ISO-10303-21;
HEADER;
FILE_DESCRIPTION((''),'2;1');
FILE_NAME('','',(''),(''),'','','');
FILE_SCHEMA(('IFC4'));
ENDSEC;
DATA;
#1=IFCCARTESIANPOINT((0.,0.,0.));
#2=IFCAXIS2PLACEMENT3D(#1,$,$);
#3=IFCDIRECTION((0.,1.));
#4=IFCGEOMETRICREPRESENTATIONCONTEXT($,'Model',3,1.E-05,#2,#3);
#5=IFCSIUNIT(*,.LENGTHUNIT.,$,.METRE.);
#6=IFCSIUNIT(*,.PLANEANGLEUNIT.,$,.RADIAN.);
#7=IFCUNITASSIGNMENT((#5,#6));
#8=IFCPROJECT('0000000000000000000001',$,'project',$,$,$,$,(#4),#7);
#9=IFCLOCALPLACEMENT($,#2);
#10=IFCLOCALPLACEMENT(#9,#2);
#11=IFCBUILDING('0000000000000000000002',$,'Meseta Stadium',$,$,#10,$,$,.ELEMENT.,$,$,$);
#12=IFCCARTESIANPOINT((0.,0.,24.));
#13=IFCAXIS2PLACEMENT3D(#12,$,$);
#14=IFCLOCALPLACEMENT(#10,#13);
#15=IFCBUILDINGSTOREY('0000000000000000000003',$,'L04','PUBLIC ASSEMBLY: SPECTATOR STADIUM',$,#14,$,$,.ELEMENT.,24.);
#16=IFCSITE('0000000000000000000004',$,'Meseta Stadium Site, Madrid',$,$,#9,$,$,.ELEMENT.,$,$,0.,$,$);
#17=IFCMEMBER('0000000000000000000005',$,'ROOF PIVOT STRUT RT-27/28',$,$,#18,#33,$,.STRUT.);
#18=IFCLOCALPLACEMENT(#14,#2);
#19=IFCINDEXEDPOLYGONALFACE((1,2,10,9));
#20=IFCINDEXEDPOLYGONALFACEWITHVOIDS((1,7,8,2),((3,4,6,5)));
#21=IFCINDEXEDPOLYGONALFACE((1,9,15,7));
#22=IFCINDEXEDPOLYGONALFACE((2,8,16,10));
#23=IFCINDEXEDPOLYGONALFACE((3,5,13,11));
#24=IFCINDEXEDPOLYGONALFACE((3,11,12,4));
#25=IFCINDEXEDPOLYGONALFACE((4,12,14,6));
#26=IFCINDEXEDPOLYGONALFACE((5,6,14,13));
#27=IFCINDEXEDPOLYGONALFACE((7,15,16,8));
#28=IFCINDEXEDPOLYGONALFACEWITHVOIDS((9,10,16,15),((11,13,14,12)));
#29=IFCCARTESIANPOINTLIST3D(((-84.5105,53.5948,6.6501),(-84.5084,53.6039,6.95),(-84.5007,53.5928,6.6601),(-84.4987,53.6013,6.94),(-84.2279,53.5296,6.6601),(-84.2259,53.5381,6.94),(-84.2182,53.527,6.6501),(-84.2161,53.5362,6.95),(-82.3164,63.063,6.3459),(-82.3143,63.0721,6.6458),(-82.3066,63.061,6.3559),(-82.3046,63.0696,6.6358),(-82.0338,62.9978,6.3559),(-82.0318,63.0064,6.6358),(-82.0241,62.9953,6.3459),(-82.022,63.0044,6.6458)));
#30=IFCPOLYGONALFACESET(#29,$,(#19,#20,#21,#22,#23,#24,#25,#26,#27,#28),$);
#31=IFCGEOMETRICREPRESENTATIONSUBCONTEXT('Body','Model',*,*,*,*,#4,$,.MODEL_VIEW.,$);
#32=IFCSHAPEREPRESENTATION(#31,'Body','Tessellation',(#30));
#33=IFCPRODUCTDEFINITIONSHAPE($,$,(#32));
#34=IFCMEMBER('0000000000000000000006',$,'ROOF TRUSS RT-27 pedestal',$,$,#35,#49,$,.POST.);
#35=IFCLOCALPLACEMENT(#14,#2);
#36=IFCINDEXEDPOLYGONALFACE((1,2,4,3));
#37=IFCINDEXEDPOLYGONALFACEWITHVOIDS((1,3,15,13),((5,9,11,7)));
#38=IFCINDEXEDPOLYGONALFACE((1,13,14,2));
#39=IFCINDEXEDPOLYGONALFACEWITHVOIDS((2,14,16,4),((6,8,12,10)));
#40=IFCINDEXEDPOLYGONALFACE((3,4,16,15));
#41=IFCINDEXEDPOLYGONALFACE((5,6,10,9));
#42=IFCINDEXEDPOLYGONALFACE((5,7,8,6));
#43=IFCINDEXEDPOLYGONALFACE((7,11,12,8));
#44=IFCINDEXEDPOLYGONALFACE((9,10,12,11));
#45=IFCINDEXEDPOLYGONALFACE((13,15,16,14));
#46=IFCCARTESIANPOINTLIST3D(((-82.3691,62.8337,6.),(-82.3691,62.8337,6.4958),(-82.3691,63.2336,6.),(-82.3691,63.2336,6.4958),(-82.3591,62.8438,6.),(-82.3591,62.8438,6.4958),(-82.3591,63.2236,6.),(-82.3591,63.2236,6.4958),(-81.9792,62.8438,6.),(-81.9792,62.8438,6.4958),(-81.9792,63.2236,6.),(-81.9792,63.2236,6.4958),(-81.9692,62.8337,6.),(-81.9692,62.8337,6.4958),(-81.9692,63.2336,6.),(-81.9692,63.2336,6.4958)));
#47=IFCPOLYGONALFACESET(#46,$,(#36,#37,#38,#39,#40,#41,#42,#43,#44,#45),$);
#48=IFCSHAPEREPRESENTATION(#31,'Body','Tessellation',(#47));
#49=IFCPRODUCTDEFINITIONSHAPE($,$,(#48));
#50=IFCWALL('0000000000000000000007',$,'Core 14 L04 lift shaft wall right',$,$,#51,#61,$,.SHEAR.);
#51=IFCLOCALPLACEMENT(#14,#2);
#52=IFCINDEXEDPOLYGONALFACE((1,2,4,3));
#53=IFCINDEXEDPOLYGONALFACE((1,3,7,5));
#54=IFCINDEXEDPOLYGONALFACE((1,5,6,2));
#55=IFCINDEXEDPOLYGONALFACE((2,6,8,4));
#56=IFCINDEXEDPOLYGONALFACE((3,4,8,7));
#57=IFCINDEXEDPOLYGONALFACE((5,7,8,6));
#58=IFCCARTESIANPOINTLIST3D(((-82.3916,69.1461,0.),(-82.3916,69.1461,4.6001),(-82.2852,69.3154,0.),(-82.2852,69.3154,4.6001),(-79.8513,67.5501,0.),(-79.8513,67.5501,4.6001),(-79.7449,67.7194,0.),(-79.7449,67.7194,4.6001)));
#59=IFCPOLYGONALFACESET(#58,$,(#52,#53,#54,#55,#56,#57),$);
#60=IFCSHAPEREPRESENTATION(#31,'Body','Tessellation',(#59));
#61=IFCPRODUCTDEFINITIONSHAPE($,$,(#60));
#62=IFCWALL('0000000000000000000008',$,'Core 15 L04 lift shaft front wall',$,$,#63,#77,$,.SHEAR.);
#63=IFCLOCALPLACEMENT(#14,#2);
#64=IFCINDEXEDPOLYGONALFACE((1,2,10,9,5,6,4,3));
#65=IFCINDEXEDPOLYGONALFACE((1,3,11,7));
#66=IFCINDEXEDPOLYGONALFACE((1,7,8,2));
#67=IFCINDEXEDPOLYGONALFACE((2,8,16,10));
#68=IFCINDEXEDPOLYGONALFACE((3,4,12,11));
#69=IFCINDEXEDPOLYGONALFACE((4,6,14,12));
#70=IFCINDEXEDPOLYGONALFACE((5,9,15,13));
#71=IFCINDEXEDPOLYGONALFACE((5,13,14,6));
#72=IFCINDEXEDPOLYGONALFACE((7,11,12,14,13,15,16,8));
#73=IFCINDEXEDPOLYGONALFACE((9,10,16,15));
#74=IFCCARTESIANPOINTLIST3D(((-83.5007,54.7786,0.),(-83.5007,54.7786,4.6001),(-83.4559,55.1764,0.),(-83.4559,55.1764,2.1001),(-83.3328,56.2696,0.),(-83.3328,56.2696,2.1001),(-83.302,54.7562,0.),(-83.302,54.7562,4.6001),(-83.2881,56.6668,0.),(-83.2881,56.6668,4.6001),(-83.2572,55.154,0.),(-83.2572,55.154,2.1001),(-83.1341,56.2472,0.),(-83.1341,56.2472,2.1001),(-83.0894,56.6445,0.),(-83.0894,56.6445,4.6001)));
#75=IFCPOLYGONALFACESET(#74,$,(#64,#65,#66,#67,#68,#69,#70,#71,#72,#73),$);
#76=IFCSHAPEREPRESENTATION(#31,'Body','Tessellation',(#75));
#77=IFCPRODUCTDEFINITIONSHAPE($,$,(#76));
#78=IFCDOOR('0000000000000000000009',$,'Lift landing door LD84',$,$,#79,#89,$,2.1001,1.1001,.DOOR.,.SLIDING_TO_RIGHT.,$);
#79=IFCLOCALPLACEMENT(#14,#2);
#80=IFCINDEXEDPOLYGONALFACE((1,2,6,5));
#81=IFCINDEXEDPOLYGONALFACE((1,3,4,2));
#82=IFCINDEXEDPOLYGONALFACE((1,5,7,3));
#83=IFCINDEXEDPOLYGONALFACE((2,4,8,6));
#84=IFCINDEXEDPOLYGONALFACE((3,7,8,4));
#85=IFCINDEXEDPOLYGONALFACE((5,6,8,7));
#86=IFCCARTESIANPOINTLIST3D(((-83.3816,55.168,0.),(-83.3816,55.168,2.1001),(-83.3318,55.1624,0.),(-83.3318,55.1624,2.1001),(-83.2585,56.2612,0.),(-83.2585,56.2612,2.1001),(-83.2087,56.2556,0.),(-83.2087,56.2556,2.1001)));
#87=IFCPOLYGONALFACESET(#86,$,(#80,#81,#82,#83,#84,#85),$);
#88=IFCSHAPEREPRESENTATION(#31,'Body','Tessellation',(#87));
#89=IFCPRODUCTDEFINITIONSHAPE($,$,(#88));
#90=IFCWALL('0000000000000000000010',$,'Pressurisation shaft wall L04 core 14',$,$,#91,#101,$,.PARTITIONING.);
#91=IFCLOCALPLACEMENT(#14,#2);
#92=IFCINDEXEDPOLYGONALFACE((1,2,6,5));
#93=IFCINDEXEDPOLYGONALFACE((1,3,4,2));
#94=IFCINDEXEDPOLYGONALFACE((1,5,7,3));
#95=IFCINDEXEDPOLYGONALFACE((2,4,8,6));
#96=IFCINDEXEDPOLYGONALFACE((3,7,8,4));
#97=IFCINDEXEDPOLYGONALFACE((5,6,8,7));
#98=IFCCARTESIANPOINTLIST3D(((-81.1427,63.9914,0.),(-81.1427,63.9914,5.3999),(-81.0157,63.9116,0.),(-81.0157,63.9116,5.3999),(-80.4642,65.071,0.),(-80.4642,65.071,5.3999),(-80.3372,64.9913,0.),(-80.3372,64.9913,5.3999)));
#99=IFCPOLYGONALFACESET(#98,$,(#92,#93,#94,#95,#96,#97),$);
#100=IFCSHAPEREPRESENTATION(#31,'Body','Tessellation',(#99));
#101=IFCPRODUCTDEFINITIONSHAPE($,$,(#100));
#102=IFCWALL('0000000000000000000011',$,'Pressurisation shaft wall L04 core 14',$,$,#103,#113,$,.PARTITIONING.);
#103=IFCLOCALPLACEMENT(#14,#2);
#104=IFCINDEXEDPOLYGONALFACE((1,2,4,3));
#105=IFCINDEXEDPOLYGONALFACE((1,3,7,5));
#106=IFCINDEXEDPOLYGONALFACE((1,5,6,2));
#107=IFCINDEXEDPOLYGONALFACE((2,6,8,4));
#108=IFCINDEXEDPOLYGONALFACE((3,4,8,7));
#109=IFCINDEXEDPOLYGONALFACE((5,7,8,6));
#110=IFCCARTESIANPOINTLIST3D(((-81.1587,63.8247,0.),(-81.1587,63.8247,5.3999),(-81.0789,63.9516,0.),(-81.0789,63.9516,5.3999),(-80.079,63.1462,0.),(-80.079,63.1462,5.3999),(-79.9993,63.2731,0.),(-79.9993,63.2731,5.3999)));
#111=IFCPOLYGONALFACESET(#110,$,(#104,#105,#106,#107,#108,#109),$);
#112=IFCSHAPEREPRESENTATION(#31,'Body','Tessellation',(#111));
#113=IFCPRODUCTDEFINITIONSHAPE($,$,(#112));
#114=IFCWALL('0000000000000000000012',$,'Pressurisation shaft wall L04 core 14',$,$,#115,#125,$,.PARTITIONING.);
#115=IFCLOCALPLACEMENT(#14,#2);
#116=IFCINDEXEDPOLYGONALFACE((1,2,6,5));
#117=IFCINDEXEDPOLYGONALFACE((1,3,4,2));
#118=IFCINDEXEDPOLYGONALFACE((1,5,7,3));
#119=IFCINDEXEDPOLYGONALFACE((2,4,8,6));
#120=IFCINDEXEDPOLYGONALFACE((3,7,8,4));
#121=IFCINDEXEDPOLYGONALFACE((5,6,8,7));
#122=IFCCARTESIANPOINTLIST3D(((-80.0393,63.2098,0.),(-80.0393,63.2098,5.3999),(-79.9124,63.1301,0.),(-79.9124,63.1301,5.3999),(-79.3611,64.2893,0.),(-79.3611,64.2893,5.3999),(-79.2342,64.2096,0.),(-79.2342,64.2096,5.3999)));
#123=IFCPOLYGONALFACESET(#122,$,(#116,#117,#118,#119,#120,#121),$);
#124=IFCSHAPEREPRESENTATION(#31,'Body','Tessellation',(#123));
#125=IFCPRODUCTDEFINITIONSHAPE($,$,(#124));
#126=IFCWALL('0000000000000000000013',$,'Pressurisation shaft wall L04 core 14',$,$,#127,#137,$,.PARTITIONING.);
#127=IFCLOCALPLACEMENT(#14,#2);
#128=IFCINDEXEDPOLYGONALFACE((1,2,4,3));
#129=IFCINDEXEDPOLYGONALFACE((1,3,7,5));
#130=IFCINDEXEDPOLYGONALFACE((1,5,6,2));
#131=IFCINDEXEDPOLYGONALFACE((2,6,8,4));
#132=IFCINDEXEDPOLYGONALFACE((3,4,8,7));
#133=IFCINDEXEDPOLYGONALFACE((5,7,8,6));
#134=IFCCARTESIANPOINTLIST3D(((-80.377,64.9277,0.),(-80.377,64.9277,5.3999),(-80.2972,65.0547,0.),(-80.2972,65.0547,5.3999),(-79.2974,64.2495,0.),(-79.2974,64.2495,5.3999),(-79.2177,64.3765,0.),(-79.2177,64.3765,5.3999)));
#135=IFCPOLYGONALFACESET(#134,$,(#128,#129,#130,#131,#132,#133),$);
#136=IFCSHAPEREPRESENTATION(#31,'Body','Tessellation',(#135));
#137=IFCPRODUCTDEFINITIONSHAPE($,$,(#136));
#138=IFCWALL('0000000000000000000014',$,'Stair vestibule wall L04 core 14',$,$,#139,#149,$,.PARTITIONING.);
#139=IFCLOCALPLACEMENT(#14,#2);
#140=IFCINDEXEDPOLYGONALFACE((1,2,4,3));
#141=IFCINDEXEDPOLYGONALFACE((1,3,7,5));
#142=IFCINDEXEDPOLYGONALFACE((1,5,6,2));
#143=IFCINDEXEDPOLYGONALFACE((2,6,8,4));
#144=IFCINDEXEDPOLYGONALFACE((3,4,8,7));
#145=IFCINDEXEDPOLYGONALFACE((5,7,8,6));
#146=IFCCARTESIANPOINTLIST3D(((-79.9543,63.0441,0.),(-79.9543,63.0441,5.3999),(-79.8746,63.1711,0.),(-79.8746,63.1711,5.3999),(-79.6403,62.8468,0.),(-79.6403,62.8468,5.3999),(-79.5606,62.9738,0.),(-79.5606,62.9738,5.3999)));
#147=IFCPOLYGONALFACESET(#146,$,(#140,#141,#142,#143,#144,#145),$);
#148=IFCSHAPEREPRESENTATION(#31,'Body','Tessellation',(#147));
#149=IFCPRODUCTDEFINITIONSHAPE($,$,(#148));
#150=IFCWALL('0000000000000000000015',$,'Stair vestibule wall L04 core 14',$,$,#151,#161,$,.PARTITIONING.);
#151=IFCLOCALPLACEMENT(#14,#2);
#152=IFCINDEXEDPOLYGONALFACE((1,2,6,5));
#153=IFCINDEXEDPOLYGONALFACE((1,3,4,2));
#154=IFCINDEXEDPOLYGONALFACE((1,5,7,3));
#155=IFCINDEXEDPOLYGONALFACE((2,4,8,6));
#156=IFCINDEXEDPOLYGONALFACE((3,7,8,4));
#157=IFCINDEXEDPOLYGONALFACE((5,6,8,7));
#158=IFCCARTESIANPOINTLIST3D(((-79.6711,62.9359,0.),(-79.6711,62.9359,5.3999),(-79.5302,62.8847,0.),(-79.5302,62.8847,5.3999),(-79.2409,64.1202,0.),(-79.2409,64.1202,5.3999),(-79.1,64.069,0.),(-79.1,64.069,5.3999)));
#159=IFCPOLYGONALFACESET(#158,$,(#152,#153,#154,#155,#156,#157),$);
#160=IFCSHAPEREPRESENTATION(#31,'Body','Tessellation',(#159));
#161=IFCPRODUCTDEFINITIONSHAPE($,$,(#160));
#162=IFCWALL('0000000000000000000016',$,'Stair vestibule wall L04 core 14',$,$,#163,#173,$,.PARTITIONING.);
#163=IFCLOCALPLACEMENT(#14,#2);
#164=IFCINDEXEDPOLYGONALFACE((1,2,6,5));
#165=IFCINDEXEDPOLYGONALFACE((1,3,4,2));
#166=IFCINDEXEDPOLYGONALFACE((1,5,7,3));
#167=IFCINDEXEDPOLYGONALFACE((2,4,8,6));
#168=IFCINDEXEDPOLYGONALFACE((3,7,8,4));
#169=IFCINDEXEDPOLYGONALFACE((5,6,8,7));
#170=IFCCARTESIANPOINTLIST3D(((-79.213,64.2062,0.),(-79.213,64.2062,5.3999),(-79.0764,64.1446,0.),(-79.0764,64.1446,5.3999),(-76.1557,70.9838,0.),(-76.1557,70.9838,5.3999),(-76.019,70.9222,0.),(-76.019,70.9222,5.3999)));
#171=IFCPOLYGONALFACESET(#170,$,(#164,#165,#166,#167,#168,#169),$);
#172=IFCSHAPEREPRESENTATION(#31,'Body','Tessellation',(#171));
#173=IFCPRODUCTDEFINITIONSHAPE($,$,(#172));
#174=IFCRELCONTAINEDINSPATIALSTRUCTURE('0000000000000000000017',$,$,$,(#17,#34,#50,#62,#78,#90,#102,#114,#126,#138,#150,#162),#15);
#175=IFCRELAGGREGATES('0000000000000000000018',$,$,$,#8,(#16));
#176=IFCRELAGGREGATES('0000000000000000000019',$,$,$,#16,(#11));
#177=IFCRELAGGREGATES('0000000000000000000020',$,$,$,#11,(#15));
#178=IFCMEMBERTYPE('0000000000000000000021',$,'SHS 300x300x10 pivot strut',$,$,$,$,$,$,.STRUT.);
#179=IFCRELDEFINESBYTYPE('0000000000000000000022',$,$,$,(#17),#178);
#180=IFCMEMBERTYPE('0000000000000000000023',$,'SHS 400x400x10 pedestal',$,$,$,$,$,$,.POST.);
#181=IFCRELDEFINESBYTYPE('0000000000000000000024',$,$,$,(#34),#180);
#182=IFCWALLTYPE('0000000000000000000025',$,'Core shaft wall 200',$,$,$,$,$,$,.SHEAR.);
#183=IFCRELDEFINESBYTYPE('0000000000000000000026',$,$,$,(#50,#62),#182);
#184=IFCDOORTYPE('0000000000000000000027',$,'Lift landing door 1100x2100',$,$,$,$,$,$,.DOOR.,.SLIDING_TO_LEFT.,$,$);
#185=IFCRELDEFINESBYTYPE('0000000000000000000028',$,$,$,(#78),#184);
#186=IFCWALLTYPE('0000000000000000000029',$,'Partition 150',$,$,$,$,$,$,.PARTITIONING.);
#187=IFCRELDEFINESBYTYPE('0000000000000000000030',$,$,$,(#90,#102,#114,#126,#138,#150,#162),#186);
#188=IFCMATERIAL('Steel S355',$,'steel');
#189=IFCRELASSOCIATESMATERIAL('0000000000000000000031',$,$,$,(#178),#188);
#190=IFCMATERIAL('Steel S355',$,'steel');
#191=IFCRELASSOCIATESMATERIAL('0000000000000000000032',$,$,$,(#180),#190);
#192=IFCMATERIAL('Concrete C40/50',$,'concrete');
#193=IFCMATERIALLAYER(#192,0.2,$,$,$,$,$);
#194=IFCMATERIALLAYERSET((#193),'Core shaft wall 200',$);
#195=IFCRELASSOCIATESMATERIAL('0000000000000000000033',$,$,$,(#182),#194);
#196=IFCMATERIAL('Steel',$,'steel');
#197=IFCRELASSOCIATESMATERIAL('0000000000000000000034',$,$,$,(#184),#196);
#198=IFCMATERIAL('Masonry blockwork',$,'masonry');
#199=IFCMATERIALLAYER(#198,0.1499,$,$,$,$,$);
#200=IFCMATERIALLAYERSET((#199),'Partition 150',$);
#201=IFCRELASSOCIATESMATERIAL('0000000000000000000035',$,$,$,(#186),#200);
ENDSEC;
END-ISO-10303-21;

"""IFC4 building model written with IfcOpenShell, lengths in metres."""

from ifc_helpers import new_model, si_unit, direction, frame, frame_2d, origin, origin_2d, place, context, subcontext, project, spatial, rectangle, hollow_rectangle, extrude, material, layer, layer_set, material_profile, profile_set, type_object, element, fill, save


model = new_model("IFC4")

# Units and contexts
model_context = context("Model", 3, precision=1e-05, world=origin(), true_north=direction((0.0, 1.0)))
body_context = subcontext(model_context, "Body", "Model", "MODEL_VIEW")
ifc_project = project(units=[si_unit("LENGTHUNIT", "METRE"), si_unit("PLANEANGLEUNIT", "RADIAN")], contexts=[model_context])

# Site, building, storey
site_placement = place(None, origin())
site = spatial("IfcSite", under=ifc_project, at=site_placement, Name="Meseta Stadium Site, Madrid", CompositionType="ELEMENT", RefElevation=0.0)
building_placement = place(site_placement, origin())
building = spatial("IfcBuilding", under=site, at=building_placement, Name="Meseta Stadium", CompositionType="ELEMENT")
storey_placement = place(building_placement, frame((0.0, 0.0, 24.0)))
storey = spatial("IfcBuildingStorey", under=building, at=storey_placement, Name="L04", Description="PUBLIC ASSEMBLY: SPECTATOR STADIUM", CompositionType="ELEMENT", Elevation=24.0)

# Members
ifc_material_1 = material(Name="Steel S355", Category="steel")
ifc_material_profile_1 = material_profile(ifc_material_1, hollow_rectangle(XDim=0.3, YDim=0.3, WallThickness=0.01, at=origin_2d()), Name="SHS 300x300x10")
ifc_profile_set_1 = profile_set([ifc_material_profile_1], Name="Steel S355")
member_type_1 = type_object("IfcMemberType", Name="SHS 300x300x10 pivot strut", PredefinedType="STRUT", material=ifc_profile_set_1)
member_1_placement = place(storey_placement, frame((-82.1692, 63.0337, 6.4958), z_axis=(-0.225639, -0.973709, 0.031284), x_axis=(0.974185, -0.225749, 0.0)))
element("IfcMember", 1, at=member_1_placement, inside=storey, type_object=member_type_1, Name="ROOF PIVOT STRUT RT-27/28", PredefinedType="STRUT", context=body_context, shape_type="SweptSolid", body=[
    extrude(hollow_rectangle(XDim=0.3, YDim=0.3, WallThickness=0.01, at=origin_2d()), origin(), (0.0, 0.0, 1.0), 9.7239),
])
ifc_material_2 = material(Name="Steel S355", Category="steel")
ifc_material_profile_2 = material_profile(ifc_material_2, hollow_rectangle(XDim=0.3999, YDim=0.3999, WallThickness=0.01, at=origin_2d()), Name="SHS 400x400x10")
ifc_profile_set_2 = profile_set([ifc_material_profile_2], Name="Steel S355")
member_type_2 = type_object("IfcMemberType", Name="SHS 400x400x10 pedestal", PredefinedType="POST", material=ifc_profile_set_2)
member_2_placement = place(storey_placement, frame((-82.1692, 63.0337, 6.0), z_axis=(0.0, 0.0, 1.0), x_axis=(1.0, 0.0, 0.0)))
element("IfcMember", 2, at=member_2_placement, inside=storey, type_object=member_type_2, Name="ROOF TRUSS RT-27 pedestal", PredefinedType="POST", context=body_context, shape_type="SweptSolid", body=[
    extrude(hollow_rectangle(XDim=0.3999, YDim=0.3999, WallThickness=0.01, at=origin_2d()), origin(), (0.0, 0.0, 1.0), 0.4958),
])

# Wall
ifc_material_3 = material(Name="Concrete C40/50", Category="concrete")
ifc_layer_1 = layer(ifc_material_3, 0.2)
ifc_layer_set_1 = layer_set([ifc_layer_1], Name="Core shaft wall 200")
wall_type_1 = type_object("IfcWallType", Name="Core shaft wall 200", PredefinedType="SHEAR", material=ifc_layer_set_1)
wall_1_placement = place(storey_placement, frame((-82.3384, 69.2307, 0.0), z_axis=(0.0, 0.0, 1.0), x_axis=(0.846757, -0.53198, 0.0)))
element("IfcWall", 3, at=wall_1_placement, inside=storey, type_object=wall_type_1, Name="Core 14 L04 lift shaft wall right", PredefinedType="SHEAR", context=body_context, shape_type="SweptSolid", body=[
    extrude(rectangle(XDim=3.0, YDim=0.2, at=frame_2d((1.5, 0.0))), origin(), (0.0, 0.0, 1.0), 4.6001),
])

# Wall, opening, door
wall_2_placement = place(storey_placement, frame((-83.1887, 56.6558, 0.0), z_axis=(0.0, 0.0, 1.0), x_axis=(-0.111912, -0.993718, 0.0)))
wall_2 = element("IfcWall", 4, at=wall_2_placement, inside=storey, type_object=wall_type_1, Name="Core 15 L04 lift shaft front wall", PredefinedType="SHEAR", context=body_context, shape_type="SweptSolid", body=[
    extrude(rectangle(XDim=1.9001, YDim=0.2, at=frame_2d((0.9502, 0.0))), origin(), (0.0, 0.0, 1.0), 4.6001),
])
opening_1_placement = place(wall_2_placement, frame((0.3999, 0.0, 0.0)))
opening_1 = element("IfcOpeningElement", 5, at=opening_1_placement, cuts=wall_2, PredefinedType="OPENING", context=body_context, shape_type="SweptSolid", body=[
    extrude(rectangle(XDim=1.1001, YDim=2.1001, at=frame_2d((0.55, 1.05))), frame((0.0, 0.1099, 0.0), z_axis=(0.0, -1.0, 0.0), x_axis=(1.0, 0.0, 0.0)), (0.0, 0.0, 1.0), 0.22),
])
ifc_material_4 = material(Name="Steel", Category="steel")
door_type_1 = type_object("IfcDoorType", Name="Lift landing door 1100x2100", OperationType="SLIDING_TO_LEFT", PredefinedType="DOOR", material=ifc_material_4)
door_1_placement = place(opening_1_placement, origin())
door_1 = element("IfcDoor", 6, at=door_1_placement, inside=storey, type_object=door_type_1, Name="Lift landing door LD84", OperationType="SLIDING_TO_RIGHT", OverallHeight=2.1001, OverallWidth=1.1001, PredefinedType="DOOR", context=body_context, shape_type="SweptSolid", body=[
    extrude(rectangle(XDim=1.1001, YDim=2.1001, at=frame_2d((0.55, 1.05))), frame((0.0, 0.0249, 0.0), z_axis=(0.0, -1.0, 0.0), x_axis=(1.0, 0.0, 0.0)), (0.0, 0.0, 1.0), 0.05),
])
fill(opening_1, door_1)

# Walls
ifc_material_5 = material(Name="Masonry blockwork", Category="masonry")
ifc_layer_2 = layer(ifc_material_5, 0.1499)
ifc_layer_set_2 = layer_set([ifc_layer_2], Name="Partition 150")
wall_type_2 = type_object("IfcWallType", Name="Partition 150", PredefinedType="PARTITIONING", material=ifc_layer_set_2)
for number, where, z_axis, x_axis, name in (
    (7, (-80.4006, 65.0312, 0.0), (0.0, 0.0, 1.0), (-0.532097, -0.846683, 0.0), "Pressurisation shaft wall L04 core 14"),
    (8, (-81.1189, 63.8882, 0.0), (0.0, 0.0, 1.0), (0.846683, -0.532097, 0.0), "Pressurisation shaft wall L04 core 14"),
):
    element("IfcWall", number, at=place(storey_placement, frame(where, z_axis=z_axis, x_axis=x_axis)), inside=storey, type_object=wall_type_2, Name=name, PredefinedType="PARTITIONING", context=body_context, shape_type="SweptSolid", body=[
        extrude(rectangle(XDim=1.2751, YDim=0.1499, at=frame_2d((0.6377, 0.0))), origin(), (0.0, 0.0, 1.0), 5.3999),
    ])
for number, where, z_axis, x_axis, name in (
    (9, (-79.9758, 63.1699, 0.0), (0.0, 0.0, 1.0), (0.53196, 0.84677, 0.0), "Pressurisation shaft wall L04 core 14"),
    (10, (-79.2576, 64.313, 0.0), (0.0, 0.0, 1.0), (-0.84677, 0.53196, 0.0), "Pressurisation shaft wall L04 core 14"),
):
    element("IfcWall", number, at=place(storey_placement, frame(where, z_axis=z_axis, x_axis=x_axis)), inside=storey, type_object=wall_type_2, Name=name, PredefinedType="PARTITIONING", context=body_context, shape_type="SweptSolid", body=[
        extrude(rectangle(XDim=1.2749, YDim=0.1499, at=frame_2d((0.6375, 0.0))), origin(), (0.0, 0.0, 1.0), 5.3999),
    ])
wall_3_placement = place(storey_placement, frame((-79.9146, 63.1077, 0.0), z_axis=(0.0, 0.0, 1.0), x_axis=(0.846738, -0.53201, 0.0)))
element("IfcWall", 11, at=wall_3_placement, inside=storey, type_object=wall_type_2, Name="Stair vestibule wall L04 core 14", PredefinedType="PARTITIONING", context=body_context, shape_type="SweptSolid", body=[
    extrude(rectangle(XDim=0.3708, YDim=0.1499, at=frame_2d((0.1855, 0.0))), origin(), (0.0, 0.0, 1.0), 5.3999),
])
wall_4_placement = place(storey_placement, frame((-79.6006, 62.9104, 0.0), z_axis=(0.0, 0.0, 1.0), x_axis=(0.341401, 0.939918, 0.0)))
element("IfcWall", 12, at=wall_4_placement, inside=storey, type_object=wall_type_2, Name="Stair vestibule wall L04 core 14", PredefinedType="PARTITIONING", context=body_context, shape_type="SweptSolid", body=[
    extrude(rectangle(XDim=1.26, YDim=0.1499, at=frame_2d((0.6299, 0.0))), origin(), (0.0, 0.0, 1.0), 5.3999),
])
wall_5_placement = place(storey_placement, frame((-79.1448, 64.1753, 0.0), z_axis=(0.0, 0.0, 1.0), x_axis=(0.411199, 0.911546, 0.0)))
element("IfcWall", 13, at=wall_5_placement, inside=storey, type_object=wall_type_2, Name="Stair vestibule wall L04 core 14", PredefinedType="PARTITIONING", context=body_context, shape_type="SweptSolid", body=[
    extrude(rectangle(XDim=7.4353, YDim=0.1499, at=frame_2d((3.7178, 0.0))), origin(), (0.0, 0.0, 1.0), 5.3999),
])

save(model, "model.ifc")
